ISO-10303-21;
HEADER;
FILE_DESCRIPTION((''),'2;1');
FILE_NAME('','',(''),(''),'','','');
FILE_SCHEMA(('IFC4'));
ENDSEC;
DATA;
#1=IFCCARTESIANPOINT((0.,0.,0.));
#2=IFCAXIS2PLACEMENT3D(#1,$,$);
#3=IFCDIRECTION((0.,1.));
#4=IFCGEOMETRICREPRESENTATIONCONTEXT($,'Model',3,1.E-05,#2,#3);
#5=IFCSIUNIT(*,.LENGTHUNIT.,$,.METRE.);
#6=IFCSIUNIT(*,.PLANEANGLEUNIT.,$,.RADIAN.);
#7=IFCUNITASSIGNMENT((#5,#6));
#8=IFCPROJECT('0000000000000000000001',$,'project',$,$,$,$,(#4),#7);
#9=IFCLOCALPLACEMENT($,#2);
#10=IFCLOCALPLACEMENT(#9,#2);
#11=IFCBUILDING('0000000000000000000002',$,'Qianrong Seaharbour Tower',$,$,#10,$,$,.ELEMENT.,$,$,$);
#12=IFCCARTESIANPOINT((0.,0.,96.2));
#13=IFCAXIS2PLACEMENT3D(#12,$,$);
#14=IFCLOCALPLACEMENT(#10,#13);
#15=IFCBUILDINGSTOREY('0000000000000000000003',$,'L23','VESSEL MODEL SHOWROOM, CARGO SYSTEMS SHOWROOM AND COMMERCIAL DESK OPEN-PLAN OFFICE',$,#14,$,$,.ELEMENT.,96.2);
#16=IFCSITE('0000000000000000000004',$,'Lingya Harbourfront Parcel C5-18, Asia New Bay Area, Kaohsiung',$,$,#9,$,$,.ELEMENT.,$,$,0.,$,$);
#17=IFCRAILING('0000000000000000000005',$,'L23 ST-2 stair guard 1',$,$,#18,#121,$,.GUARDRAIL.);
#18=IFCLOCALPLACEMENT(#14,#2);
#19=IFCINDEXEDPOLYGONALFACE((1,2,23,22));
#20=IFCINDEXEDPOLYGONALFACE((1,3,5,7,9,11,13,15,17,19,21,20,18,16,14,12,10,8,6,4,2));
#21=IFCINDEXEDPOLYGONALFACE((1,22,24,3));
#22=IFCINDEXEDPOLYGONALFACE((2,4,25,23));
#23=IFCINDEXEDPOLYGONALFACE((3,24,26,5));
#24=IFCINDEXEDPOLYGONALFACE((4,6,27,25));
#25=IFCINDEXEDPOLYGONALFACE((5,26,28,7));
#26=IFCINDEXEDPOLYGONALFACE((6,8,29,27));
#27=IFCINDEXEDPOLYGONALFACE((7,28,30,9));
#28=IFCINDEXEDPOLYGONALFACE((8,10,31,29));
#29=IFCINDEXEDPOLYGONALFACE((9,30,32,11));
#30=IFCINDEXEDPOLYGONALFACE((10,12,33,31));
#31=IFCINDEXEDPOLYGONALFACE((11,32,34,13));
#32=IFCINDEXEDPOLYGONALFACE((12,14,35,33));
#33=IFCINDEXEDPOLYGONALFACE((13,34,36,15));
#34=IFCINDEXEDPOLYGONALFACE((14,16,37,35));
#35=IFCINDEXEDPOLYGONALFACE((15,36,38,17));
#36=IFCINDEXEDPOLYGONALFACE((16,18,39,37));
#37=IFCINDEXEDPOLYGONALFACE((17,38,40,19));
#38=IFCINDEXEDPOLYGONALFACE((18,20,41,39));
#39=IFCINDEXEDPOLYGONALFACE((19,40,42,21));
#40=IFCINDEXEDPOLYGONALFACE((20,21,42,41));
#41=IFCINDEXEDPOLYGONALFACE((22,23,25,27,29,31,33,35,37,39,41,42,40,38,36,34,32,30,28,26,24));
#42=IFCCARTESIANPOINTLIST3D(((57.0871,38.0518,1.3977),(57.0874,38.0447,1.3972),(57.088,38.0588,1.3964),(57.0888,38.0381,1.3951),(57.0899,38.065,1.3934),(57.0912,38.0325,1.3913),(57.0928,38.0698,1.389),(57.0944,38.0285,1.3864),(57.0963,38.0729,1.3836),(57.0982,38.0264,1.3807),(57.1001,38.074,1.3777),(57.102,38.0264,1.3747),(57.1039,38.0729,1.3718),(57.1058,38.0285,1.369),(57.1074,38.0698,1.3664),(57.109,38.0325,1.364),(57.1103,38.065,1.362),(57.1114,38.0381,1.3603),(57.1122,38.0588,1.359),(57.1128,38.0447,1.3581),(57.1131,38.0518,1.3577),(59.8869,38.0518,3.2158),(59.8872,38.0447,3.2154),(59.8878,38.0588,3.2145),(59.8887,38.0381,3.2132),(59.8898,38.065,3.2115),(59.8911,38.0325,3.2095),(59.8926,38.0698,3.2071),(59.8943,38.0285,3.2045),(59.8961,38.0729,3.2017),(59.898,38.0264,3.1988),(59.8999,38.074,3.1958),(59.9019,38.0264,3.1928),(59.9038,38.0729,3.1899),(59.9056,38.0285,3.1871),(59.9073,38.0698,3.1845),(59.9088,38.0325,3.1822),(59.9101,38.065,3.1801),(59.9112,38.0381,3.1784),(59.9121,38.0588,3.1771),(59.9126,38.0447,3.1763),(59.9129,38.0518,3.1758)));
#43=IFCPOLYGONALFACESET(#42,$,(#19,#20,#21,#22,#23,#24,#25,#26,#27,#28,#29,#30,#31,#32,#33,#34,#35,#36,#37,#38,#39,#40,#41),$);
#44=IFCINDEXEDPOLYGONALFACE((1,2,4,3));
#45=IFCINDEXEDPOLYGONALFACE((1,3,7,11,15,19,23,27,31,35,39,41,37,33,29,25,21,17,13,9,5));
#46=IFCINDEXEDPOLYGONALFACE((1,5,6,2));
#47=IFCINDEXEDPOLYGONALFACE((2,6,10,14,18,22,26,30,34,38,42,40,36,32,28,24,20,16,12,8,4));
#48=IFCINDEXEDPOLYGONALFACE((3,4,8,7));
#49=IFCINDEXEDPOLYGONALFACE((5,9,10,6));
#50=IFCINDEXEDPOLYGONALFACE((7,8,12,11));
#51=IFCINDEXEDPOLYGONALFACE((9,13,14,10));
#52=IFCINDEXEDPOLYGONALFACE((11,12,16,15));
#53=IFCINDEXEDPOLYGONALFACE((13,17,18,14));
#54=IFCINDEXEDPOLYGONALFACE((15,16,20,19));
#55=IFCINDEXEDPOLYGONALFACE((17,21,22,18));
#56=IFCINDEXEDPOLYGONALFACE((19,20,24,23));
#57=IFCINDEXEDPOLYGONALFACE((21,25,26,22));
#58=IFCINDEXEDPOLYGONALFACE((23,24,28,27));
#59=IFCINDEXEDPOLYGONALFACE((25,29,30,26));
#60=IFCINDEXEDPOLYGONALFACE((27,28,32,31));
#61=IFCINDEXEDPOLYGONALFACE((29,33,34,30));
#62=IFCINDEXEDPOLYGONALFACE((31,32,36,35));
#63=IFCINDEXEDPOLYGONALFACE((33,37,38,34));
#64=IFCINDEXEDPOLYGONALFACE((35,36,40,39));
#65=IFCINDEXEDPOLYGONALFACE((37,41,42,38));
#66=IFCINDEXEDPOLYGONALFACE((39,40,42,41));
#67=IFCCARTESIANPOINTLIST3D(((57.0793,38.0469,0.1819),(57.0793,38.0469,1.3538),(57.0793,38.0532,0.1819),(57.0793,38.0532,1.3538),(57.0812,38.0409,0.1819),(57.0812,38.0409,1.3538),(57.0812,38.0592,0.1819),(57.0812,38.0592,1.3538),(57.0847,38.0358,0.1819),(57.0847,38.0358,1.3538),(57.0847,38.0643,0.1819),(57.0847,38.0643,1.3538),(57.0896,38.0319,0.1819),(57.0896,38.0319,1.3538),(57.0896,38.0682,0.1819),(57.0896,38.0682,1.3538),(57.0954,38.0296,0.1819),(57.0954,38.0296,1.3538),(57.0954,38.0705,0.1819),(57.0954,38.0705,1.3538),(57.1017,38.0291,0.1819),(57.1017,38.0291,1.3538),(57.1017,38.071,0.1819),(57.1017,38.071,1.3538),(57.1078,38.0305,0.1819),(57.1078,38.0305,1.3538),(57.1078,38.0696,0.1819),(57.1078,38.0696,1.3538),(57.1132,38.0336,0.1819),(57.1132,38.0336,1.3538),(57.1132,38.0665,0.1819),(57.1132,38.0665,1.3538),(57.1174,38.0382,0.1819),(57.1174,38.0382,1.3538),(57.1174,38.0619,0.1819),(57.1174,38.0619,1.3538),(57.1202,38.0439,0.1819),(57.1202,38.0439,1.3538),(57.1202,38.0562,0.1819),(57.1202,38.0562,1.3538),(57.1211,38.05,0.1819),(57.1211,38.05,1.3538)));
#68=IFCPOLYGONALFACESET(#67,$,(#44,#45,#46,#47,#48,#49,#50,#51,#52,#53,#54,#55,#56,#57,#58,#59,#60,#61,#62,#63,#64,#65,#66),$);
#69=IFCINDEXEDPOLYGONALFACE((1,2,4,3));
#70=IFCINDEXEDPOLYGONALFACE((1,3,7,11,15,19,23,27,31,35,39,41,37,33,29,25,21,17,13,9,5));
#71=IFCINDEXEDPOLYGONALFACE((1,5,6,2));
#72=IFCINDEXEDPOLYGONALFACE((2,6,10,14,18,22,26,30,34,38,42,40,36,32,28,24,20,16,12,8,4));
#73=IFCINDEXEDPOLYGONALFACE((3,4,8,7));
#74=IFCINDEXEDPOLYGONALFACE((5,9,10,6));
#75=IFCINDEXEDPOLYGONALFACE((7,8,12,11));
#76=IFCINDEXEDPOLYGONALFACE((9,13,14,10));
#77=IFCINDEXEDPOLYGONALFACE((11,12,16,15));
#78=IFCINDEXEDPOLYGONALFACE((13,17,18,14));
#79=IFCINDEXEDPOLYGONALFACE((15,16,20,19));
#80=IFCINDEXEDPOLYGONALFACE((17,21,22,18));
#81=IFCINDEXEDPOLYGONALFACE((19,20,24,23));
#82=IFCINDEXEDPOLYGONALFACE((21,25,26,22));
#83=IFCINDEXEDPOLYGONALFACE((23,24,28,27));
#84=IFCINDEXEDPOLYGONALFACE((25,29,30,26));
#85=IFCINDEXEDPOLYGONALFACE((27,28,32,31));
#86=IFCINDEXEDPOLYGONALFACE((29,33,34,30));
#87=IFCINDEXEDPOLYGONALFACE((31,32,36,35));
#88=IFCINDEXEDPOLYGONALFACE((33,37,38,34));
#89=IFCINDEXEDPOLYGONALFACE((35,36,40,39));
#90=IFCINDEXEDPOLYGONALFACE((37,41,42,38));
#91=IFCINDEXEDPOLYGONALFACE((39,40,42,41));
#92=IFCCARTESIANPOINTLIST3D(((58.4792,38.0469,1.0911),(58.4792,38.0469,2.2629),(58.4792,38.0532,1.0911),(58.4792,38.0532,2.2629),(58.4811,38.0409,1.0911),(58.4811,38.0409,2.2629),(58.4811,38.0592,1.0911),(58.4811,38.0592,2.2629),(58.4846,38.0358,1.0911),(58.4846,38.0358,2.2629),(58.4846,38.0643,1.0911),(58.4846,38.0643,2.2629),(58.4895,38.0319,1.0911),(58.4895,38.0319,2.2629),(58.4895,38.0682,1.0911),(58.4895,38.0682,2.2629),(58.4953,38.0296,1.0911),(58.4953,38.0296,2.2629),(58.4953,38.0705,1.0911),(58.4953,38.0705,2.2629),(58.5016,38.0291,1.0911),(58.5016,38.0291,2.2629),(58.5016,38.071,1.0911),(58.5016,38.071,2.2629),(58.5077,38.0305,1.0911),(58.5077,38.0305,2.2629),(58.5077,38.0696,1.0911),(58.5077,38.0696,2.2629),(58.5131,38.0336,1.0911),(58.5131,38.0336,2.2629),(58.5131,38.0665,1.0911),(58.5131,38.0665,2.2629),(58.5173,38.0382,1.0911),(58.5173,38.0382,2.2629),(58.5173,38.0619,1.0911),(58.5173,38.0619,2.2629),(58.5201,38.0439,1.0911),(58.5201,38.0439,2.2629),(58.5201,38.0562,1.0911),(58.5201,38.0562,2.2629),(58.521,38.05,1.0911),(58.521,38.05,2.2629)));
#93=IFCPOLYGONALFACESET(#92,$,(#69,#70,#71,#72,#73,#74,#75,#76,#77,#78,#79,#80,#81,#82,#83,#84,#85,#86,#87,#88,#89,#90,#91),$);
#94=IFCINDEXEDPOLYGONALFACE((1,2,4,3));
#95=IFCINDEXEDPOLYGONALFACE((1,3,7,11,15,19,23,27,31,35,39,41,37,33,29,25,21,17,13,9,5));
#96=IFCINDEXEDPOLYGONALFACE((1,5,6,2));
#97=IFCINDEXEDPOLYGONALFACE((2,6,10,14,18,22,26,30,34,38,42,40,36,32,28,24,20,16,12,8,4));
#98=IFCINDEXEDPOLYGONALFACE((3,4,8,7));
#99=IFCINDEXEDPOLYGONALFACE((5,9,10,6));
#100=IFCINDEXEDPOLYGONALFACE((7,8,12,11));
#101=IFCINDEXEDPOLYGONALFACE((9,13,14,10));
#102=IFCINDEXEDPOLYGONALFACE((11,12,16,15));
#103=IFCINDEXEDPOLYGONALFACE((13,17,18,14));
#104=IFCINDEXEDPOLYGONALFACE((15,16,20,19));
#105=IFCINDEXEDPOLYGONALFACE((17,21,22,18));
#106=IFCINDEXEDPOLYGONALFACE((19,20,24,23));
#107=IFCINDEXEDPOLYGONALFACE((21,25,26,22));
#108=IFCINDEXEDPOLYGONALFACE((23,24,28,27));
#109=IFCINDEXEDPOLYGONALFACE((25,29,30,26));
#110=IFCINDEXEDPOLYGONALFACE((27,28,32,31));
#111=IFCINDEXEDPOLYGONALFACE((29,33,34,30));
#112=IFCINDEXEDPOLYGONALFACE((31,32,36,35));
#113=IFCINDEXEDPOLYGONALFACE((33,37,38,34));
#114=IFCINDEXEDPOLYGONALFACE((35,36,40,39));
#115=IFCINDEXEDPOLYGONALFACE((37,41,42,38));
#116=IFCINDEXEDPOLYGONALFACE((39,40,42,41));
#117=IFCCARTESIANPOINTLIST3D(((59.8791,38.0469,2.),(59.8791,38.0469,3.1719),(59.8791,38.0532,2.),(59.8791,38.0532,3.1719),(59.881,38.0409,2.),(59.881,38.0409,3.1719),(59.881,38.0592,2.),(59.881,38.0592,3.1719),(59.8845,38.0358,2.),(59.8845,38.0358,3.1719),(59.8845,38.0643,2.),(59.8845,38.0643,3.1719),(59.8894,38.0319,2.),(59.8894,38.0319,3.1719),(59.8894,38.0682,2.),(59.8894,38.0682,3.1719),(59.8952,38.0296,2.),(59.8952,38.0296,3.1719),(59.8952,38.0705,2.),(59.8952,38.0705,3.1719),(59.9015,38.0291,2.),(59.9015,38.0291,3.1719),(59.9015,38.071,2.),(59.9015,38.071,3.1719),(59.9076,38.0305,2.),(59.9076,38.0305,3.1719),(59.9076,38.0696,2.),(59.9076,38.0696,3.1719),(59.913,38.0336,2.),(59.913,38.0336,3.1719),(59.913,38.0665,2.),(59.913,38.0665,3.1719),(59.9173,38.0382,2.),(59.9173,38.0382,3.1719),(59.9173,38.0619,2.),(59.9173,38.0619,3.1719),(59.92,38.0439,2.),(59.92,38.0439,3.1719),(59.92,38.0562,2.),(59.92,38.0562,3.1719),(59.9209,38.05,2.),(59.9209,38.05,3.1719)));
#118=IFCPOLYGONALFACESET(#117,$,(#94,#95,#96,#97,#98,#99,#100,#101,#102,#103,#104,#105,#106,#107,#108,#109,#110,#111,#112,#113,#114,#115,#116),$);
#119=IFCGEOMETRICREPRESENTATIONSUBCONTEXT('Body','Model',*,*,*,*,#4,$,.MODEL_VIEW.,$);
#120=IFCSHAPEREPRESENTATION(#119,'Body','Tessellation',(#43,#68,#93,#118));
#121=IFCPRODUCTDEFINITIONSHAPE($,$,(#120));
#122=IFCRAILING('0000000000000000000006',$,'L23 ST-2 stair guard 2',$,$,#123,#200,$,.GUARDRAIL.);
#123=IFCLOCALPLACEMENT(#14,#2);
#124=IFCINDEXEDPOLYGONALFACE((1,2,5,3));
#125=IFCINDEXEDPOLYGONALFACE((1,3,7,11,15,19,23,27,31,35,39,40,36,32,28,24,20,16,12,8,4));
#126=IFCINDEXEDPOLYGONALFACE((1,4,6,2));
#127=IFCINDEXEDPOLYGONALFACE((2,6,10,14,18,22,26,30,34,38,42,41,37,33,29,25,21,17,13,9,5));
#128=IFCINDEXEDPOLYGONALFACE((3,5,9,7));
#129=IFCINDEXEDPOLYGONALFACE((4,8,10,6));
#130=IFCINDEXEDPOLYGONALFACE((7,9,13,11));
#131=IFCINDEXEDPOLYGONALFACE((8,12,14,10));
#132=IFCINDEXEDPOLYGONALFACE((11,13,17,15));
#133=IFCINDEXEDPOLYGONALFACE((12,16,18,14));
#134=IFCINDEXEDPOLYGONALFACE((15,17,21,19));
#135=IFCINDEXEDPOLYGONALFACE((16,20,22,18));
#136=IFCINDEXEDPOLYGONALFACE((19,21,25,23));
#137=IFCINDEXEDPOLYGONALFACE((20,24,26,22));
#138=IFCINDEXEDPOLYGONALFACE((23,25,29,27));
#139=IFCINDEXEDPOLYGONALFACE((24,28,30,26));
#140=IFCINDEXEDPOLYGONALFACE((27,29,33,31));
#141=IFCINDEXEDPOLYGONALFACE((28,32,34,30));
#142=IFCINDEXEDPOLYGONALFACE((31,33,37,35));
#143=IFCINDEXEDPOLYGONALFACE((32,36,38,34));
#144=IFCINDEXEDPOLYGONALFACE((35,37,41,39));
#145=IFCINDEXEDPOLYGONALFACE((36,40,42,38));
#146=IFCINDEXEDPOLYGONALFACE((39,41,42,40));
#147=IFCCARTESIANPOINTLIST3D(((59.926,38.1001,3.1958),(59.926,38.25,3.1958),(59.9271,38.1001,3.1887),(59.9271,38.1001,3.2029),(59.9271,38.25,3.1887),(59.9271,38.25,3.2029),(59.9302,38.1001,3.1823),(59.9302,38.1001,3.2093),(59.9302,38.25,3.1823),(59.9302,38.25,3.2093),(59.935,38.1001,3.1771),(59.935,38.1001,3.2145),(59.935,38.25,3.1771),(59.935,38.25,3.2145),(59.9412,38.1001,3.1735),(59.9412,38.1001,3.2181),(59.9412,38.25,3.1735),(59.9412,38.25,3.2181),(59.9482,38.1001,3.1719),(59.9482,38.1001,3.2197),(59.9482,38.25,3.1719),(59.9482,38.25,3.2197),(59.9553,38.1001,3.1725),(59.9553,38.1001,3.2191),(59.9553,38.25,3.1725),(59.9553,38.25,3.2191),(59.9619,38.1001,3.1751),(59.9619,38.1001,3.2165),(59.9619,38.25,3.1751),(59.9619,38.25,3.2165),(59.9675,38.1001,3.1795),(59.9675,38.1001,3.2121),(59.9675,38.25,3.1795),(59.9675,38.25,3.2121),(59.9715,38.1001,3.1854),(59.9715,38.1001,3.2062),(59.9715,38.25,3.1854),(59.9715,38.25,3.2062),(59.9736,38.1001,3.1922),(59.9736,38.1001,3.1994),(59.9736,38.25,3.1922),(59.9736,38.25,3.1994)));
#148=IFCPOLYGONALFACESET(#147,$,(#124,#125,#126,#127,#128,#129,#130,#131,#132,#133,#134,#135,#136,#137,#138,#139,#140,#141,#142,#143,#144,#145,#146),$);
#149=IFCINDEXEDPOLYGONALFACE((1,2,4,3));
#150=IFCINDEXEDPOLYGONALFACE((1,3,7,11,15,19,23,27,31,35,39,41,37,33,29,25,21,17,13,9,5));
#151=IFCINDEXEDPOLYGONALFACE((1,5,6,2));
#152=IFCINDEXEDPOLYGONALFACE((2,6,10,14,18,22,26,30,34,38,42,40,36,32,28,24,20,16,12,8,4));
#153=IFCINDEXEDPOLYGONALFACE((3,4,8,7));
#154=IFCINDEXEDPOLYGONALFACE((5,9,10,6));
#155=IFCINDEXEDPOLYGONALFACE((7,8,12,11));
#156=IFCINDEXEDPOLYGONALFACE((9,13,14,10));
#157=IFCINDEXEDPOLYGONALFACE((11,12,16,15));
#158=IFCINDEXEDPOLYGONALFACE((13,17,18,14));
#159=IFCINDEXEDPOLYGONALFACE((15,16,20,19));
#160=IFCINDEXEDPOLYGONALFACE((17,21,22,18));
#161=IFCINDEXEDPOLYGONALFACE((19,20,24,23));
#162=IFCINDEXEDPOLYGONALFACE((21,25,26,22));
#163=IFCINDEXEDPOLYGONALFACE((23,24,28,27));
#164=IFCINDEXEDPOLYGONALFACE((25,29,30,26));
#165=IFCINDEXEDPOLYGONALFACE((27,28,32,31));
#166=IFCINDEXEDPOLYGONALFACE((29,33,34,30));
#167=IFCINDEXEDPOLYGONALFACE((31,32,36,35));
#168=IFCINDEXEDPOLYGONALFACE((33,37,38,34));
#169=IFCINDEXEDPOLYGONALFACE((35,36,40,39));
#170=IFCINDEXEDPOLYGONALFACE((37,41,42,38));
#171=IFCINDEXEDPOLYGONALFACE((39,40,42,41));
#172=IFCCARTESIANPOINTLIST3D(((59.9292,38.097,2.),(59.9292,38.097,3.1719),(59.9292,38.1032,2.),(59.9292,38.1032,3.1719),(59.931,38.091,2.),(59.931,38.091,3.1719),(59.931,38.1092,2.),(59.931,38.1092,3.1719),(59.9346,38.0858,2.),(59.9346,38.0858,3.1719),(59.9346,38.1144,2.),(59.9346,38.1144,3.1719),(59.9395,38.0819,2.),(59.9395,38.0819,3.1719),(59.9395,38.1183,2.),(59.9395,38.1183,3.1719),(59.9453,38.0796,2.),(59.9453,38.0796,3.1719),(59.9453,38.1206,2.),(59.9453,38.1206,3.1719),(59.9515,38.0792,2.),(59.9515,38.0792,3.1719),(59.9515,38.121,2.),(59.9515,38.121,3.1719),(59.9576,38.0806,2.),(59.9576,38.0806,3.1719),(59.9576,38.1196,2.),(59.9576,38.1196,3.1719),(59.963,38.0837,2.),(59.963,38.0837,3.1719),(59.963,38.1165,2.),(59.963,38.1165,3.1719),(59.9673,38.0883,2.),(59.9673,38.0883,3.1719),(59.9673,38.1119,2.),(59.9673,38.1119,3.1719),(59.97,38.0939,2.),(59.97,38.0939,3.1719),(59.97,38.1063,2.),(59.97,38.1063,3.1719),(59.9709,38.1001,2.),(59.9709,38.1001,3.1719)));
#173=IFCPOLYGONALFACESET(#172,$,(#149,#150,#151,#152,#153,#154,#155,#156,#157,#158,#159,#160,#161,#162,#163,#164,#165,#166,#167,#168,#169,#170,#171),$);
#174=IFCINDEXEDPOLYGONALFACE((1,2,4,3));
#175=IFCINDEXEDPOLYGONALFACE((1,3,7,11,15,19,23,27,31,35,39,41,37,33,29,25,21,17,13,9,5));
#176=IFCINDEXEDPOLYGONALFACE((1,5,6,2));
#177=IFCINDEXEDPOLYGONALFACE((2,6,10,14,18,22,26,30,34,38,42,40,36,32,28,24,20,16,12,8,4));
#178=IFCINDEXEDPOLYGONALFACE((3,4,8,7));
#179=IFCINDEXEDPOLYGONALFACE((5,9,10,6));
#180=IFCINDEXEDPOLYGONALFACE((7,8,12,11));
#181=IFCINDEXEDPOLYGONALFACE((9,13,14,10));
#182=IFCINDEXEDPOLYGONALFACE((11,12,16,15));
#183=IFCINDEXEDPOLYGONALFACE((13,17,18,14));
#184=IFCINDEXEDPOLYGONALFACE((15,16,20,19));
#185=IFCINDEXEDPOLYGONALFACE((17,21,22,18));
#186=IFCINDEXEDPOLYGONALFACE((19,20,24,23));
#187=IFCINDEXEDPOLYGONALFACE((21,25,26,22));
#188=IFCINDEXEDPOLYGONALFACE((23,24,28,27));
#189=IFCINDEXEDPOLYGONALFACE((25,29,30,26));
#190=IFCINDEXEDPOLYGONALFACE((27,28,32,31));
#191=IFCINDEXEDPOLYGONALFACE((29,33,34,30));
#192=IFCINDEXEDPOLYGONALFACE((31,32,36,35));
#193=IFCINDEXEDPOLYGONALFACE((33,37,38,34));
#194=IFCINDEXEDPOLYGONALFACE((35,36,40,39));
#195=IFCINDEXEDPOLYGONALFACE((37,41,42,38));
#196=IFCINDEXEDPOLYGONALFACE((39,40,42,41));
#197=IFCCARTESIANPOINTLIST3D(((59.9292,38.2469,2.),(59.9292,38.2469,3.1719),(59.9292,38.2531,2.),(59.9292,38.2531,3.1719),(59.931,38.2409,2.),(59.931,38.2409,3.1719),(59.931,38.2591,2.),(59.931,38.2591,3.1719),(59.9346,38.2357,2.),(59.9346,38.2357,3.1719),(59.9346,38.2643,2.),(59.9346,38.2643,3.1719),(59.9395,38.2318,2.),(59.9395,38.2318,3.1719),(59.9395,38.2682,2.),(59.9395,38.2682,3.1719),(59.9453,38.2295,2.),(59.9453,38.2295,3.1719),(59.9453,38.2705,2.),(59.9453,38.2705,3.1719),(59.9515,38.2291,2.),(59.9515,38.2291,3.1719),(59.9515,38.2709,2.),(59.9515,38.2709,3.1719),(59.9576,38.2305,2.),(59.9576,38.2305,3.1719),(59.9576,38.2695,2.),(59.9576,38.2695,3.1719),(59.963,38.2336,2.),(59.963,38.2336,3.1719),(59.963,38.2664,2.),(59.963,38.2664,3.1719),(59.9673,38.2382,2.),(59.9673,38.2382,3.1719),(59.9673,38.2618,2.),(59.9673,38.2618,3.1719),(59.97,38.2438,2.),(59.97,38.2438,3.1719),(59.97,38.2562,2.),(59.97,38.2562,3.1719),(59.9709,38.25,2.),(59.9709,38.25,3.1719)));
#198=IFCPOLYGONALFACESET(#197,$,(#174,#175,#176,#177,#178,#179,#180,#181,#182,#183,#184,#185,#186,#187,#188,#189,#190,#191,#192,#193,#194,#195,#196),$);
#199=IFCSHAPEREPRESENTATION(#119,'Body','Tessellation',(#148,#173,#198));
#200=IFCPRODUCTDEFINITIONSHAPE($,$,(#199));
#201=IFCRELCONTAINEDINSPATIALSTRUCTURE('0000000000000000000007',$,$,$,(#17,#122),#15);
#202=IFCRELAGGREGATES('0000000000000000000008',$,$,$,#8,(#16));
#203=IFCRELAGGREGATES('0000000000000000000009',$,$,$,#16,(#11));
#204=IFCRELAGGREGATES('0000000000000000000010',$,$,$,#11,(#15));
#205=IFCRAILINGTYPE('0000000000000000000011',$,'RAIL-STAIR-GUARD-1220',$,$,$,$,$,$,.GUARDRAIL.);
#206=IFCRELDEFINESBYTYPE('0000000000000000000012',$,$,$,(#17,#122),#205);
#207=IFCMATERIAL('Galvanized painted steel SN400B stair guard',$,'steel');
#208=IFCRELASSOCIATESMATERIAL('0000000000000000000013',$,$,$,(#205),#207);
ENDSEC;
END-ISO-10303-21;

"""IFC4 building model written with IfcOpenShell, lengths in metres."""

from ifc_helpers import new_model, si_unit, direction, frame, origin, origin_2d, place, context, subcontext, project, spatial, circle, extrude, material, type_object, element, save


model = new_model("IFC4")

# Units and contexts
model_context = context("Model", 3, precision=1e-05, world=origin(), true_north=direction((0.0, 1.0)))
body_context = subcontext(model_context, "Body", "Model", "MODEL_VIEW")
ifc_project = project(units=[si_unit("LENGTHUNIT", "METRE"), si_unit("PLANEANGLEUNIT", "RADIAN")], contexts=[model_context])

# Site, building, storey
site_placement = place(None, origin())
site = spatial("IfcSite", under=ifc_project, at=site_placement, Name="Lingya Harbourfront Parcel C5-18, Asia New Bay Area, Kaohsiung", CompositionType="ELEMENT", RefElevation=0.0)
building_placement = place(site_placement, origin())
building = spatial("IfcBuilding", under=site, at=building_placement, Name="Qianrong Seaharbour Tower", CompositionType="ELEMENT")
storey_placement = place(building_placement, frame((0.0, 0.0, 96.2)))
storey = spatial("IfcBuildingStorey", under=building, at=storey_placement, Name="L23", Description="VESSEL MODEL SHOWROOM, CARGO SYSTEMS SHOWROOM AND COMMERCIAL DESK OPEN-PLAN OFFICE", CompositionType="ELEMENT", Elevation=96.2)

# Railings
ifc_material_1 = material(Name="Galvanized painted steel SN400B stair guard", Category="steel")
railing_type_1 = type_object("IfcRailingType", Name="RAIL-STAIR-GUARD-1220", PredefinedType="GUARDRAIL", material=ifc_material_1)
railing_1_placement = place(storey_placement, frame((57.1001, 38.05, 0.1819)))
element("IfcRailing", 1, at=railing_1_placement, inside=storey, type_object=railing_type_1, Name="L23 ST-2 stair guard 1", PredefinedType="GUARDRAIL", context=body_context, shape_type="SweptSolid", body=[
    extrude(circle(Radius=0.0239, at=origin_2d()), frame((0.0, 0.0, 1.1958), z_axis=(0.838684, 0.0, 0.544618), x_axis=(0.0, 1.0, 0.0)), (0.0, 0.0, 1.0), 3.3384),
    extrude(circle(Radius=0.021, at=origin_2d()), origin(), (0.0, 0.0, 1.0), 1.1719),
    extrude(circle(Radius=0.021, at=origin_2d()), frame((1.3999, 0.0, 0.9092)), (0.0, 0.0, 1.0), 1.1719),
    extrude(circle(Radius=0.021, at=origin_2d()), frame((2.7998, 0.0, 1.8181)), (0.0, 0.0, 1.0), 1.1719),
])
railing_2_placement = place(storey_placement, frame((59.95, 38.1001, 2.0)))
element("IfcRailing", 2, at=railing_2_placement, inside=storey, type_object=railing_type_1, Name="L23 ST-2 stair guard 2", PredefinedType="GUARDRAIL", context=body_context, shape_type="SweptSolid", body=[
    extrude(circle(Radius=0.0239, at=origin_2d()), frame((0.0, 0.0, 1.1958), z_axis=(0.0, 1.0, 0.0), x_axis=(-1.0, 0.0, 0.0)), (0.0, 0.0, 1.0), 0.1499),
    extrude(circle(Radius=0.021, at=origin_2d()), origin(), (0.0, 0.0, 1.0), 1.1719),
    extrude(circle(Radius=0.021, at=origin_2d()), frame((0.0, 0.1499, 0.0)), (0.0, 0.0, 1.0), 1.1719),
])

save(model, "model.ifc")
